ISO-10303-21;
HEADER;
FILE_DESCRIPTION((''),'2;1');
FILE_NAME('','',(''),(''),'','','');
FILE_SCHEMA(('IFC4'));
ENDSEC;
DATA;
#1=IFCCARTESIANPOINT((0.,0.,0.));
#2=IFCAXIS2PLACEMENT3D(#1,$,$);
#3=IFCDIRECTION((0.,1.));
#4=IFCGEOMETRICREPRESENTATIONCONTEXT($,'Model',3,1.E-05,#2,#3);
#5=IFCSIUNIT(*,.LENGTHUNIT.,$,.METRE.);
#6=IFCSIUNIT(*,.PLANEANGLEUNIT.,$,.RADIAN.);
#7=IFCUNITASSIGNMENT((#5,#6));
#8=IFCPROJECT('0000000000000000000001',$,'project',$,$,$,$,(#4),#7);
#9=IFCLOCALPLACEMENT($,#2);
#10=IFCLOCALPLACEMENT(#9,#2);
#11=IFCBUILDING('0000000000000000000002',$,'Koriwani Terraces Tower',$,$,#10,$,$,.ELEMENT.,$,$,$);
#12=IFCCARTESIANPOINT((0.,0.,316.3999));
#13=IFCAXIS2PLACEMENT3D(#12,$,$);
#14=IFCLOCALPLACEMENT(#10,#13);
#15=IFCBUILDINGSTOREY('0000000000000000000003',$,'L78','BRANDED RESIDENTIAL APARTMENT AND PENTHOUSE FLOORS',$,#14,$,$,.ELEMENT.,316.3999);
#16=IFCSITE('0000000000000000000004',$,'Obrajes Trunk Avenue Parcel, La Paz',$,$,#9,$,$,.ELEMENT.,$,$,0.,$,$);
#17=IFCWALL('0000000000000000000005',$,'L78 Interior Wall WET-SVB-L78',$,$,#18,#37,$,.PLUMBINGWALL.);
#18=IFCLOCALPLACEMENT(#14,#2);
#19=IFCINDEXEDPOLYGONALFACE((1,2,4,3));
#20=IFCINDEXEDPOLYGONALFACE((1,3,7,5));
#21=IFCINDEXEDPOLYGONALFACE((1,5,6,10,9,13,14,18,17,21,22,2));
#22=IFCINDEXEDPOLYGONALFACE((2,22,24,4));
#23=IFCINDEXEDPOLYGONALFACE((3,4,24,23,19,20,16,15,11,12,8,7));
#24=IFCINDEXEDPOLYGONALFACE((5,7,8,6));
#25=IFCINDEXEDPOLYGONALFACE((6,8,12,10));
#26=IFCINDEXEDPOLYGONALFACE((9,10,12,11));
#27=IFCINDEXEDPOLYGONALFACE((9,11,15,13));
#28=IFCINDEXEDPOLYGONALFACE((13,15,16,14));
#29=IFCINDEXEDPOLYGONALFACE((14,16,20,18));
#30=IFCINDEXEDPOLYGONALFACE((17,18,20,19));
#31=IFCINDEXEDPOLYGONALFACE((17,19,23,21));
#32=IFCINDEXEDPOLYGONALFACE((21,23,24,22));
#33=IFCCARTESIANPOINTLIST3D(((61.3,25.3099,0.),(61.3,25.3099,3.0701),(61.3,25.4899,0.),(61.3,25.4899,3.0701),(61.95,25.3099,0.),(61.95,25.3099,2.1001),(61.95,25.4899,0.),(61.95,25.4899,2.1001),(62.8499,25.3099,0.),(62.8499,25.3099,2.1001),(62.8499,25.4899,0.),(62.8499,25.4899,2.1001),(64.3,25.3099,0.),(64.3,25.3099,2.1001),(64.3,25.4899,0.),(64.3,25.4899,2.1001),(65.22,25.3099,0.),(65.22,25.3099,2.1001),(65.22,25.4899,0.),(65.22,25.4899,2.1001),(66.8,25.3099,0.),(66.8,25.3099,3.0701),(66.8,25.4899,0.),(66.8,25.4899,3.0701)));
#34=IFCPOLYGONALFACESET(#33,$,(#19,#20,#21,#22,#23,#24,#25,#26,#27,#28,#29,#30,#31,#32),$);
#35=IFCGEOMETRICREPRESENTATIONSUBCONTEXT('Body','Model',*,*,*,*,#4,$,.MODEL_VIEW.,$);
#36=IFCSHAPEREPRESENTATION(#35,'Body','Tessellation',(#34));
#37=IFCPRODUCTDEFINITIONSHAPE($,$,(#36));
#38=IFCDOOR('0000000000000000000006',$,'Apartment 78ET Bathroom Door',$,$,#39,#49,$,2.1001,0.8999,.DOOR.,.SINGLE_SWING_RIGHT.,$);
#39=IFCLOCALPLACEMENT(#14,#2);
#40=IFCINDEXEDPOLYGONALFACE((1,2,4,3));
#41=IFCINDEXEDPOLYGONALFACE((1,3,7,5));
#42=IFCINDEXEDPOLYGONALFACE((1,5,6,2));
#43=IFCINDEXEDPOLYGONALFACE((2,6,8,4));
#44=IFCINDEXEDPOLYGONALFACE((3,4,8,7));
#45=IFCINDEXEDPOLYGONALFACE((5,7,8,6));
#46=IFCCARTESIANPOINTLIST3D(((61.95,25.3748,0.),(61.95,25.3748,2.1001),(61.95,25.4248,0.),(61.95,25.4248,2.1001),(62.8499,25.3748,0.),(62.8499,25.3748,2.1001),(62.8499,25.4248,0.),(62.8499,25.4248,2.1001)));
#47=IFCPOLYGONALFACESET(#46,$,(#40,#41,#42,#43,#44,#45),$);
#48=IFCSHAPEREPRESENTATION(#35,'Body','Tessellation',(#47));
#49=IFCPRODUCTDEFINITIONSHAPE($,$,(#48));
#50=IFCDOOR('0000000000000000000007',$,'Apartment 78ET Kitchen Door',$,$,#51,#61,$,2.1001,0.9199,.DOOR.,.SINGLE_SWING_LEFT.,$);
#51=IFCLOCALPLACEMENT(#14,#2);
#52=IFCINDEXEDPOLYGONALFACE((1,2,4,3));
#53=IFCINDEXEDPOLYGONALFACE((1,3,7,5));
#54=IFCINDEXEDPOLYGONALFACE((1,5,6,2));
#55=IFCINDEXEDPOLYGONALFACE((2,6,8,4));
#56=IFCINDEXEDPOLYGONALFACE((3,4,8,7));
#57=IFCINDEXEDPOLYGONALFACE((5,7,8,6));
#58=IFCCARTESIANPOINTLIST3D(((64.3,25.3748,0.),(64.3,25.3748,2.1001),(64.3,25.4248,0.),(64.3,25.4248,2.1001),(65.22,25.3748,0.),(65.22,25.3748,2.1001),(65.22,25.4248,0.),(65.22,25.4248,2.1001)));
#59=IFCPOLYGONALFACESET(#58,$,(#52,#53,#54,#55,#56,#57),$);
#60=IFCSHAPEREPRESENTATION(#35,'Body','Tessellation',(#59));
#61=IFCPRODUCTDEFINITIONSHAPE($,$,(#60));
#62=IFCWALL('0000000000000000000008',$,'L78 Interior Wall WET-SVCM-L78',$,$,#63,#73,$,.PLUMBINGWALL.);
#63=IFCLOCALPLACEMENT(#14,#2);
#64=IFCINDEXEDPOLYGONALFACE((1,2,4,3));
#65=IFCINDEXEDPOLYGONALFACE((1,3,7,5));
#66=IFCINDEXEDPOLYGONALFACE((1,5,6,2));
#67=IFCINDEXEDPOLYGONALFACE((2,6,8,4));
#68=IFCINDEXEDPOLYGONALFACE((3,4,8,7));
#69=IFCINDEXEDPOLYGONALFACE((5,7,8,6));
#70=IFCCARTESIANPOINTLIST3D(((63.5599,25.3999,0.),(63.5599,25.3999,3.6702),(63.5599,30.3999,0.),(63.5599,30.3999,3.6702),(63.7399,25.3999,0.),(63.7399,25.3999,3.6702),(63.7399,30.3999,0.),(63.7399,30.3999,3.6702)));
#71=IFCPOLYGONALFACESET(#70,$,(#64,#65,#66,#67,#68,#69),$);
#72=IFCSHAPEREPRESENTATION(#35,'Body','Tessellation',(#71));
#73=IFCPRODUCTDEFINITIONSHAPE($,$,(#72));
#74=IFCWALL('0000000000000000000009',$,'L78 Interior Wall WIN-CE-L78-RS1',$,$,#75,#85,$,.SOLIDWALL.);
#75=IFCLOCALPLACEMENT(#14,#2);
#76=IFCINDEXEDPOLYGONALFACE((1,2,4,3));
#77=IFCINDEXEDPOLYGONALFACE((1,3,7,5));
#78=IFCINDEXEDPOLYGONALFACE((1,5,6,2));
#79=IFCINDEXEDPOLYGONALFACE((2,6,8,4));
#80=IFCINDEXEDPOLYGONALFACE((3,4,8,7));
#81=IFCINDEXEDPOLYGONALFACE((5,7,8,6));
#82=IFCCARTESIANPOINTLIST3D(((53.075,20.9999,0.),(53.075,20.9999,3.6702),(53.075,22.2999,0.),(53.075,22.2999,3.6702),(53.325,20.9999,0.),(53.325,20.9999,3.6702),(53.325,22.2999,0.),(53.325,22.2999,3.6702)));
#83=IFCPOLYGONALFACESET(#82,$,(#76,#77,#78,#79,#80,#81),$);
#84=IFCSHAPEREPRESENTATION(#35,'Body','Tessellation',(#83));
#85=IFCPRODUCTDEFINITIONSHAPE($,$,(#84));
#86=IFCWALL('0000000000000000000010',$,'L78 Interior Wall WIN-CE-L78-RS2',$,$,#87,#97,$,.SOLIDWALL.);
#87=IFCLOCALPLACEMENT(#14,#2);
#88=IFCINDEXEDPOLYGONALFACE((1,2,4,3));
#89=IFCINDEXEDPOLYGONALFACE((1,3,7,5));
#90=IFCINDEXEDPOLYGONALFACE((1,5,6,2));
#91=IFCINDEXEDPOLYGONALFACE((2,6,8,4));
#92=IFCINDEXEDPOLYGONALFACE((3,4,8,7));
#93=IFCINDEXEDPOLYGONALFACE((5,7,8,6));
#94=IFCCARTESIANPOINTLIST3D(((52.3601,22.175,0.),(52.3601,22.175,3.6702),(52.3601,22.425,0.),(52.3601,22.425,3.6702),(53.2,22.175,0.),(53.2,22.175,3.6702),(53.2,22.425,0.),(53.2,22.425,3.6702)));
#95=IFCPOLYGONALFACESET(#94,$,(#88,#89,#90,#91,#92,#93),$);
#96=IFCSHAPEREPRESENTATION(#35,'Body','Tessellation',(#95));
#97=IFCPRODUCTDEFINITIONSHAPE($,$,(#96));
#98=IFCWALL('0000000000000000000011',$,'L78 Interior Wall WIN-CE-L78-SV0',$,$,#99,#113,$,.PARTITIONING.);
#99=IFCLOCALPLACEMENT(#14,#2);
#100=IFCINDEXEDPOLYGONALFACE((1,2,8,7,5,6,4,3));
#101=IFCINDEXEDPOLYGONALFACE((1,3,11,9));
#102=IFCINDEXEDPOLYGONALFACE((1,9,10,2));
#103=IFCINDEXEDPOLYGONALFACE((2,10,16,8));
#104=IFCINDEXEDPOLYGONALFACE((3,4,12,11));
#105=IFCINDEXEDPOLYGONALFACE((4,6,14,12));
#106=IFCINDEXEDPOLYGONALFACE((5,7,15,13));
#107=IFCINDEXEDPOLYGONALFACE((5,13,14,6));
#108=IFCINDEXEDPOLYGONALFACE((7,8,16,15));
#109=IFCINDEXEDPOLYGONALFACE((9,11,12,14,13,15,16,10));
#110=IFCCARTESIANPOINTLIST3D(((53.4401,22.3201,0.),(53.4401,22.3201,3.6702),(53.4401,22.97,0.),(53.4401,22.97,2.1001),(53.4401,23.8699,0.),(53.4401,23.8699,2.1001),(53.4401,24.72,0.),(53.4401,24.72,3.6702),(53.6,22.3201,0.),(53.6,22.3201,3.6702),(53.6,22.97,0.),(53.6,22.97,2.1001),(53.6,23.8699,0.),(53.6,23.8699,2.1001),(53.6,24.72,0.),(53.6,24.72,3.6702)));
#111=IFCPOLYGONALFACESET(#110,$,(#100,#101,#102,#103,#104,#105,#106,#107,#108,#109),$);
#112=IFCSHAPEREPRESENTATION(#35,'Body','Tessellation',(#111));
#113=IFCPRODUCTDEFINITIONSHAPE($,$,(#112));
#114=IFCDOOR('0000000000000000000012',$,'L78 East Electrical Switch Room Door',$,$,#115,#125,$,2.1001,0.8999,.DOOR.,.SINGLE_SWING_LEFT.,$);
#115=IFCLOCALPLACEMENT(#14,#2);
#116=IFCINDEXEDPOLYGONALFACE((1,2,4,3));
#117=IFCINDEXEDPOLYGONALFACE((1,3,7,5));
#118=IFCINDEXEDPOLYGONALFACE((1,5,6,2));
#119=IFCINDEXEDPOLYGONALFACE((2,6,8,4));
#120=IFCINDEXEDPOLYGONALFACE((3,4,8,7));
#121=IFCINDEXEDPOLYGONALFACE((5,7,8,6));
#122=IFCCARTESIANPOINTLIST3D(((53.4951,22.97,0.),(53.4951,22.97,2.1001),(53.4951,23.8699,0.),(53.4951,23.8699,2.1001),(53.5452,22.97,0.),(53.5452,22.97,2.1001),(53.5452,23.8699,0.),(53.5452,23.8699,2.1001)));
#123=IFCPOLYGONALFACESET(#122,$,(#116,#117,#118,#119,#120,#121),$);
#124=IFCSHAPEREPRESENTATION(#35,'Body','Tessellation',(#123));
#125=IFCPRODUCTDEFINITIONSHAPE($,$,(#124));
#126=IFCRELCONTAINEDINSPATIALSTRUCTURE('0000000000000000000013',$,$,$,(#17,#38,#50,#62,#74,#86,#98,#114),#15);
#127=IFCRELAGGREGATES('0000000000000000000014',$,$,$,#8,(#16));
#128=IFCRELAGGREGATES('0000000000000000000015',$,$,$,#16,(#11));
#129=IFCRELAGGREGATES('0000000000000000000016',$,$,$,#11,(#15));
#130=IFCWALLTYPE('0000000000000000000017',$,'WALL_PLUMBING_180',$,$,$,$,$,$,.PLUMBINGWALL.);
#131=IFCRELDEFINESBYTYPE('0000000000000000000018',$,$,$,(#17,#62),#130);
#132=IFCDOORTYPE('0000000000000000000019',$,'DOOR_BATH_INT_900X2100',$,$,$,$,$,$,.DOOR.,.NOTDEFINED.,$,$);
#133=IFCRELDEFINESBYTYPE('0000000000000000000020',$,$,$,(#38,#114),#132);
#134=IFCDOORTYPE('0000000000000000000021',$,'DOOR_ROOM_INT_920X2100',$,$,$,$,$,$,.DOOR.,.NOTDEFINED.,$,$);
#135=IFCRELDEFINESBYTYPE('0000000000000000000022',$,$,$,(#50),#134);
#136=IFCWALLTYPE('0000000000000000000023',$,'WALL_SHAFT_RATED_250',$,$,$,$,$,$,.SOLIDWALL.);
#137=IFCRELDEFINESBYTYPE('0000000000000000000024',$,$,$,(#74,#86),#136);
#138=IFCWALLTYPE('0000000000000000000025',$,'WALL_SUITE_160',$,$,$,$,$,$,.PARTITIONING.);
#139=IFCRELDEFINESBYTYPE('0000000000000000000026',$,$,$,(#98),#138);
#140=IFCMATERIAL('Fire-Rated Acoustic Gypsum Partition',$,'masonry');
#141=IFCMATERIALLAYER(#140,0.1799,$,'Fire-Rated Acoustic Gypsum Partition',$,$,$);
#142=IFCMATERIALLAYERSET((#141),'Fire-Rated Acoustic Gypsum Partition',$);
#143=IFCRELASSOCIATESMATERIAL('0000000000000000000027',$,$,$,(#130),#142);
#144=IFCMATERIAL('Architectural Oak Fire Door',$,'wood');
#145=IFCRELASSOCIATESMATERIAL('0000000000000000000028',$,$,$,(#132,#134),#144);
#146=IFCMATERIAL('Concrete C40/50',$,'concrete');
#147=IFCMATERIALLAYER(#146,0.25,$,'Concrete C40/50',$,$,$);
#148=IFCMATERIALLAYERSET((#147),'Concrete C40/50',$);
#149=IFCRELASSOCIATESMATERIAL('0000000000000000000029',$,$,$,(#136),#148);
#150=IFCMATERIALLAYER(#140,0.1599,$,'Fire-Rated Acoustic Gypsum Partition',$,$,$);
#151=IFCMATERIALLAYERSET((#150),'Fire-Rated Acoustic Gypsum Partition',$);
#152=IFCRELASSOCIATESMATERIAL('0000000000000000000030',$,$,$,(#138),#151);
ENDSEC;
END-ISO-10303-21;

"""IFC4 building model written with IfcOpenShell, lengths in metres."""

from ifc_helpers import new_model, si_unit, direction, frame, frame_2d, origin, place, context, subcontext, project, spatial, rectangle, extrude, material, layer, layer_set, type_object, element, fill, save


model = new_model("IFC4")

# Units and contexts
model_context = context("Model", 3, precision=1e-05, world=origin(), true_north=direction((0.0, 1.0)))
body_context = subcontext(model_context, "Body", "Model", "MODEL_VIEW")
ifc_project = project(units=[si_unit("LENGTHUNIT", "METRE"), si_unit("PLANEANGLEUNIT", "RADIAN")], contexts=[model_context])

# Site, building, storey
site_placement = place(None, origin())
site = spatial("IfcSite", under=ifc_project, at=site_placement, Name="Obrajes Trunk Avenue Parcel, La Paz", CompositionType="ELEMENT", RefElevation=0.0)
building_placement = place(site_placement, origin())
building = spatial("IfcBuilding", under=site, at=building_placement, Name="Koriwani Terraces Tower", CompositionType="ELEMENT")
storey_placement = place(building_placement, frame((0.0, 0.0, 316.3999)))
storey = spatial("IfcBuildingStorey", under=building, at=storey_placement, Name="L78", Description="BRANDED RESIDENTIAL APARTMENT AND PENTHOUSE FLOORS", CompositionType="ELEMENT", Elevation=316.3999)

# Shared definitions
ifc_material_1 = material(Name="Concrete C40/50", Category="concrete")

# Wall, openings, doors
ifc_material_2 = material(Name="Fire-Rated Acoustic Gypsum Partition", Category="masonry")
ifc_layer_1 = layer(ifc_material_2, 0.1799, Name="Fire-Rated Acoustic Gypsum Partition")
ifc_layer_set_1 = layer_set([ifc_layer_1], Name="Fire-Rated Acoustic Gypsum Partition")
wall_type_1 = type_object("IfcWallType", Name="WALL_PLUMBING_180", PredefinedType="PLUMBINGWALL", material=ifc_layer_set_1)
wall_1_placement = place(storey_placement, frame((61.3, 25.3999, 0.0), z_axis=(0.0, 0.0, 1.0), x_axis=(1.0, 0.0, 0.0)))
wall_1 = element("IfcWall", 1, at=wall_1_placement, inside=storey, type_object=wall_type_1, Name="L78 Interior Wall WET-SVB-L78", PredefinedType="PLUMBINGWALL", context=body_context, shape_type="SweptSolid", body=[
    extrude(rectangle(XDim=5.5, YDim=0.1799, at=frame_2d((2.75, 0.0))), origin(), (0.0, 0.0, 1.0), 3.0701),
])
opening_1_placement = place(wall_1_placement, frame((0.6499, 0.0, 0.0)))
opening_1 = element("IfcOpeningElement", 2, at=opening_1_placement, cuts=wall_1, PredefinedType="OPENING", context=body_context, shape_type="SweptSolid", body=[
    extrude(rectangle(XDim=0.8999, YDim=2.1001, at=frame_2d((0.45, 1.05))), frame((0.0, 0.1001, 0.0), z_axis=(0.0, -1.0, 0.0), x_axis=(1.0, 0.0, 0.0)), (0.0, 0.0, 1.0), 0.2),
])
opening_2_placement = place(wall_1_placement, frame((3.0, 0.0, 0.0)))
opening_2 = element("IfcOpeningElement", 3, at=opening_2_placement, cuts=wall_1, PredefinedType="OPENING", context=body_context, shape_type="SweptSolid", body=[
    extrude(rectangle(XDim=0.9199, YDim=2.1001, at=frame_2d((0.46, 1.05))), frame((0.0, 0.1001, 0.0), z_axis=(0.0, -1.0, 0.0), x_axis=(1.0, 0.0, 0.0)), (0.0, 0.0, 1.0), 0.2),
])
ifc_material_3 = material(Name="Architectural Oak Fire Door", Category="wood")
door_type_1 = type_object("IfcDoorType", Name="DOOR_BATH_INT_900X2100", OperationType="NOTDEFINED", PredefinedType="DOOR", material=ifc_material_3)
door_1_placement = place(opening_1_placement, origin())
door_1 = element("IfcDoor", 4, at=door_1_placement, inside=storey, type_object=door_type_1, Name="Apartment 78ET Bathroom Door", OperationType="SINGLE_SWING_RIGHT", OverallHeight=2.1001, OverallWidth=0.8999, PredefinedType="DOOR", context=body_context, shape_type="SweptSolid", body=[
    extrude(rectangle(XDim=0.8999, YDim=2.1001, at=frame_2d((0.45, 1.05))), frame((0.0, 0.0249, 0.0), z_axis=(0.0, -1.0, 0.0), x_axis=(1.0, 0.0, 0.0)), (0.0, 0.0, 1.0), 0.05),
])
fill(opening_1, door_1)
door_type_2 = type_object("IfcDoorType", Name="DOOR_ROOM_INT_920X2100", OperationType="NOTDEFINED", PredefinedType="DOOR", material=ifc_material_3)
door_2_placement = place(opening_2_placement, origin())
door_2 = element("IfcDoor", 5, at=door_2_placement, inside=storey, type_object=door_type_2, Name="Apartment 78ET Kitchen Door", OperationType="SINGLE_SWING_LEFT", OverallHeight=2.1001, OverallWidth=0.9199, PredefinedType="DOOR", context=body_context, shape_type="SweptSolid", body=[
    extrude(rectangle(XDim=0.9199, YDim=2.1001, at=frame_2d((0.46, 1.05))), frame((0.0, 0.0249, 0.0), z_axis=(0.0, -1.0, 0.0), x_axis=(1.0, 0.0, 0.0)), (0.0, 0.0, 1.0), 0.05),
])
fill(opening_2, door_2)

# Wall
wall_2_placement = place(storey_placement, frame((63.6499, 25.3999, 0.0), z_axis=(0.0, 0.0, 1.0), x_axis=(0.0, 1.0, 0.0)))
element("IfcWall", 6, at=wall_2_placement, inside=storey, type_object=wall_type_1, Name="L78 Interior Wall WET-SVCM-L78", PredefinedType="PLUMBINGWALL", context=body_context, shape_type="SweptSolid", body=[
    extrude(rectangle(XDim=5.0, YDim=0.1799, at=frame_2d((2.5, 0.0))), origin(), (0.0, 0.0, 1.0), 3.6702),
])

# Shared definitions
ifc_layer_2 = layer(ifc_material_1, 0.25, Name="Concrete C40/50")
ifc_layer_set_2 = layer_set([ifc_layer_2], Name="Concrete C40/50")
wall_type_2 = type_object("IfcWallType", Name="WALL_SHAFT_RATED_250", PredefinedType="SOLIDWALL", material=ifc_layer_set_2)

# Walls
wall_3_placement = place(storey_placement, frame((53.2, 21.0, 0.0), z_axis=(0.0, 0.0, 1.0), x_axis=(0.0, 1.0, 0.0)))
element("IfcWall", 7, at=wall_3_placement, inside=storey, type_object=wall_type_2, Name="L78 Interior Wall WIN-CE-L78-RS1", PredefinedType="SOLIDWALL", context=body_context, shape_type="SweptSolid", body=[
    extrude(rectangle(XDim=1.3, YDim=0.25, at=frame_2d((0.6499, 0.0))), origin(), (0.0, 0.0, 1.0), 3.6702),
])
wall_4_placement = place(storey_placement, frame((52.3601, 22.3, 0.0), z_axis=(0.0, 0.0, 1.0), x_axis=(1.0, 0.0, 0.0)))
element("IfcWall", 8, at=wall_4_placement, inside=storey, type_object=wall_type_2, Name="L78 Interior Wall WIN-CE-L78-RS2", PredefinedType="SOLIDWALL", context=body_context, shape_type="SweptSolid", body=[
    extrude(rectangle(XDim=0.8398, YDim=0.25, at=frame_2d((0.4199, 0.0))), origin(), (0.0, 0.0, 1.0), 3.6702),
])

# Wall, opening, door
ifc_layer_3 = layer(ifc_material_2, 0.1599, Name="Fire-Rated Acoustic Gypsum Partition")
ifc_layer_set_3 = layer_set([ifc_layer_3], Name="Fire-Rated Acoustic Gypsum Partition")
wall_type_3 = type_object("IfcWallType", Name="WALL_SUITE_160", PredefinedType="PARTITIONING", material=ifc_layer_set_3)
wall_5_placement = place(storey_placement, frame((53.52, 22.3201, 0.0), z_axis=(0.0, 0.0, 1.0), x_axis=(0.0, 1.0, 0.0)))
wall_5 = element("IfcWall", 9, at=wall_5_placement, inside=storey, type_object=wall_type_3, Name="L78 Interior Wall WIN-CE-L78-SV0", PredefinedType="PARTITIONING", context=body_context, shape_type="SweptSolid", body=[
    extrude(rectangle(XDim=2.3999, YDim=0.1599, at=frame_2d((1.2, 0.0))), origin(), (0.0, 0.0, 1.0), 3.6702),
])
opening_3_placement = place(wall_5_placement, frame((0.6499, 0.0, 0.0)))
opening_3 = element("IfcOpeningElement", 10, at=opening_3_placement, cuts=wall_5, PredefinedType="OPENING", context=body_context, shape_type="SweptSolid", body=[
    extrude(rectangle(XDim=0.8999, YDim=2.1001, at=frame_2d((0.45, 1.05))), frame((0.0, 0.0898, 0.0), z_axis=(0.0, -1.0, 0.0), x_axis=(1.0, 0.0, 0.0)), (0.0, 0.0, 1.0), 0.1799),
])
door_3_placement = place(opening_3_placement, origin())
door_3 = element("IfcDoor", 11, at=door_3_placement, inside=storey, type_object=door_type_1, Name="L78 East Electrical Switch Room Door", OperationType="SINGLE_SWING_LEFT", OverallHeight=2.1001, OverallWidth=0.8999, PredefinedType="DOOR", context=body_context, shape_type="SweptSolid", body=[
    extrude(rectangle(XDim=0.8999, YDim=2.1001, at=frame_2d((0.45, 1.05))), frame((0.0, 0.0249, 0.0), z_axis=(0.0, -1.0, 0.0), x_axis=(1.0, 0.0, 0.0)), (0.0, 0.0, 1.0), 0.05),
])
fill(opening_3, door_3)

save(model, "model.ifc")
